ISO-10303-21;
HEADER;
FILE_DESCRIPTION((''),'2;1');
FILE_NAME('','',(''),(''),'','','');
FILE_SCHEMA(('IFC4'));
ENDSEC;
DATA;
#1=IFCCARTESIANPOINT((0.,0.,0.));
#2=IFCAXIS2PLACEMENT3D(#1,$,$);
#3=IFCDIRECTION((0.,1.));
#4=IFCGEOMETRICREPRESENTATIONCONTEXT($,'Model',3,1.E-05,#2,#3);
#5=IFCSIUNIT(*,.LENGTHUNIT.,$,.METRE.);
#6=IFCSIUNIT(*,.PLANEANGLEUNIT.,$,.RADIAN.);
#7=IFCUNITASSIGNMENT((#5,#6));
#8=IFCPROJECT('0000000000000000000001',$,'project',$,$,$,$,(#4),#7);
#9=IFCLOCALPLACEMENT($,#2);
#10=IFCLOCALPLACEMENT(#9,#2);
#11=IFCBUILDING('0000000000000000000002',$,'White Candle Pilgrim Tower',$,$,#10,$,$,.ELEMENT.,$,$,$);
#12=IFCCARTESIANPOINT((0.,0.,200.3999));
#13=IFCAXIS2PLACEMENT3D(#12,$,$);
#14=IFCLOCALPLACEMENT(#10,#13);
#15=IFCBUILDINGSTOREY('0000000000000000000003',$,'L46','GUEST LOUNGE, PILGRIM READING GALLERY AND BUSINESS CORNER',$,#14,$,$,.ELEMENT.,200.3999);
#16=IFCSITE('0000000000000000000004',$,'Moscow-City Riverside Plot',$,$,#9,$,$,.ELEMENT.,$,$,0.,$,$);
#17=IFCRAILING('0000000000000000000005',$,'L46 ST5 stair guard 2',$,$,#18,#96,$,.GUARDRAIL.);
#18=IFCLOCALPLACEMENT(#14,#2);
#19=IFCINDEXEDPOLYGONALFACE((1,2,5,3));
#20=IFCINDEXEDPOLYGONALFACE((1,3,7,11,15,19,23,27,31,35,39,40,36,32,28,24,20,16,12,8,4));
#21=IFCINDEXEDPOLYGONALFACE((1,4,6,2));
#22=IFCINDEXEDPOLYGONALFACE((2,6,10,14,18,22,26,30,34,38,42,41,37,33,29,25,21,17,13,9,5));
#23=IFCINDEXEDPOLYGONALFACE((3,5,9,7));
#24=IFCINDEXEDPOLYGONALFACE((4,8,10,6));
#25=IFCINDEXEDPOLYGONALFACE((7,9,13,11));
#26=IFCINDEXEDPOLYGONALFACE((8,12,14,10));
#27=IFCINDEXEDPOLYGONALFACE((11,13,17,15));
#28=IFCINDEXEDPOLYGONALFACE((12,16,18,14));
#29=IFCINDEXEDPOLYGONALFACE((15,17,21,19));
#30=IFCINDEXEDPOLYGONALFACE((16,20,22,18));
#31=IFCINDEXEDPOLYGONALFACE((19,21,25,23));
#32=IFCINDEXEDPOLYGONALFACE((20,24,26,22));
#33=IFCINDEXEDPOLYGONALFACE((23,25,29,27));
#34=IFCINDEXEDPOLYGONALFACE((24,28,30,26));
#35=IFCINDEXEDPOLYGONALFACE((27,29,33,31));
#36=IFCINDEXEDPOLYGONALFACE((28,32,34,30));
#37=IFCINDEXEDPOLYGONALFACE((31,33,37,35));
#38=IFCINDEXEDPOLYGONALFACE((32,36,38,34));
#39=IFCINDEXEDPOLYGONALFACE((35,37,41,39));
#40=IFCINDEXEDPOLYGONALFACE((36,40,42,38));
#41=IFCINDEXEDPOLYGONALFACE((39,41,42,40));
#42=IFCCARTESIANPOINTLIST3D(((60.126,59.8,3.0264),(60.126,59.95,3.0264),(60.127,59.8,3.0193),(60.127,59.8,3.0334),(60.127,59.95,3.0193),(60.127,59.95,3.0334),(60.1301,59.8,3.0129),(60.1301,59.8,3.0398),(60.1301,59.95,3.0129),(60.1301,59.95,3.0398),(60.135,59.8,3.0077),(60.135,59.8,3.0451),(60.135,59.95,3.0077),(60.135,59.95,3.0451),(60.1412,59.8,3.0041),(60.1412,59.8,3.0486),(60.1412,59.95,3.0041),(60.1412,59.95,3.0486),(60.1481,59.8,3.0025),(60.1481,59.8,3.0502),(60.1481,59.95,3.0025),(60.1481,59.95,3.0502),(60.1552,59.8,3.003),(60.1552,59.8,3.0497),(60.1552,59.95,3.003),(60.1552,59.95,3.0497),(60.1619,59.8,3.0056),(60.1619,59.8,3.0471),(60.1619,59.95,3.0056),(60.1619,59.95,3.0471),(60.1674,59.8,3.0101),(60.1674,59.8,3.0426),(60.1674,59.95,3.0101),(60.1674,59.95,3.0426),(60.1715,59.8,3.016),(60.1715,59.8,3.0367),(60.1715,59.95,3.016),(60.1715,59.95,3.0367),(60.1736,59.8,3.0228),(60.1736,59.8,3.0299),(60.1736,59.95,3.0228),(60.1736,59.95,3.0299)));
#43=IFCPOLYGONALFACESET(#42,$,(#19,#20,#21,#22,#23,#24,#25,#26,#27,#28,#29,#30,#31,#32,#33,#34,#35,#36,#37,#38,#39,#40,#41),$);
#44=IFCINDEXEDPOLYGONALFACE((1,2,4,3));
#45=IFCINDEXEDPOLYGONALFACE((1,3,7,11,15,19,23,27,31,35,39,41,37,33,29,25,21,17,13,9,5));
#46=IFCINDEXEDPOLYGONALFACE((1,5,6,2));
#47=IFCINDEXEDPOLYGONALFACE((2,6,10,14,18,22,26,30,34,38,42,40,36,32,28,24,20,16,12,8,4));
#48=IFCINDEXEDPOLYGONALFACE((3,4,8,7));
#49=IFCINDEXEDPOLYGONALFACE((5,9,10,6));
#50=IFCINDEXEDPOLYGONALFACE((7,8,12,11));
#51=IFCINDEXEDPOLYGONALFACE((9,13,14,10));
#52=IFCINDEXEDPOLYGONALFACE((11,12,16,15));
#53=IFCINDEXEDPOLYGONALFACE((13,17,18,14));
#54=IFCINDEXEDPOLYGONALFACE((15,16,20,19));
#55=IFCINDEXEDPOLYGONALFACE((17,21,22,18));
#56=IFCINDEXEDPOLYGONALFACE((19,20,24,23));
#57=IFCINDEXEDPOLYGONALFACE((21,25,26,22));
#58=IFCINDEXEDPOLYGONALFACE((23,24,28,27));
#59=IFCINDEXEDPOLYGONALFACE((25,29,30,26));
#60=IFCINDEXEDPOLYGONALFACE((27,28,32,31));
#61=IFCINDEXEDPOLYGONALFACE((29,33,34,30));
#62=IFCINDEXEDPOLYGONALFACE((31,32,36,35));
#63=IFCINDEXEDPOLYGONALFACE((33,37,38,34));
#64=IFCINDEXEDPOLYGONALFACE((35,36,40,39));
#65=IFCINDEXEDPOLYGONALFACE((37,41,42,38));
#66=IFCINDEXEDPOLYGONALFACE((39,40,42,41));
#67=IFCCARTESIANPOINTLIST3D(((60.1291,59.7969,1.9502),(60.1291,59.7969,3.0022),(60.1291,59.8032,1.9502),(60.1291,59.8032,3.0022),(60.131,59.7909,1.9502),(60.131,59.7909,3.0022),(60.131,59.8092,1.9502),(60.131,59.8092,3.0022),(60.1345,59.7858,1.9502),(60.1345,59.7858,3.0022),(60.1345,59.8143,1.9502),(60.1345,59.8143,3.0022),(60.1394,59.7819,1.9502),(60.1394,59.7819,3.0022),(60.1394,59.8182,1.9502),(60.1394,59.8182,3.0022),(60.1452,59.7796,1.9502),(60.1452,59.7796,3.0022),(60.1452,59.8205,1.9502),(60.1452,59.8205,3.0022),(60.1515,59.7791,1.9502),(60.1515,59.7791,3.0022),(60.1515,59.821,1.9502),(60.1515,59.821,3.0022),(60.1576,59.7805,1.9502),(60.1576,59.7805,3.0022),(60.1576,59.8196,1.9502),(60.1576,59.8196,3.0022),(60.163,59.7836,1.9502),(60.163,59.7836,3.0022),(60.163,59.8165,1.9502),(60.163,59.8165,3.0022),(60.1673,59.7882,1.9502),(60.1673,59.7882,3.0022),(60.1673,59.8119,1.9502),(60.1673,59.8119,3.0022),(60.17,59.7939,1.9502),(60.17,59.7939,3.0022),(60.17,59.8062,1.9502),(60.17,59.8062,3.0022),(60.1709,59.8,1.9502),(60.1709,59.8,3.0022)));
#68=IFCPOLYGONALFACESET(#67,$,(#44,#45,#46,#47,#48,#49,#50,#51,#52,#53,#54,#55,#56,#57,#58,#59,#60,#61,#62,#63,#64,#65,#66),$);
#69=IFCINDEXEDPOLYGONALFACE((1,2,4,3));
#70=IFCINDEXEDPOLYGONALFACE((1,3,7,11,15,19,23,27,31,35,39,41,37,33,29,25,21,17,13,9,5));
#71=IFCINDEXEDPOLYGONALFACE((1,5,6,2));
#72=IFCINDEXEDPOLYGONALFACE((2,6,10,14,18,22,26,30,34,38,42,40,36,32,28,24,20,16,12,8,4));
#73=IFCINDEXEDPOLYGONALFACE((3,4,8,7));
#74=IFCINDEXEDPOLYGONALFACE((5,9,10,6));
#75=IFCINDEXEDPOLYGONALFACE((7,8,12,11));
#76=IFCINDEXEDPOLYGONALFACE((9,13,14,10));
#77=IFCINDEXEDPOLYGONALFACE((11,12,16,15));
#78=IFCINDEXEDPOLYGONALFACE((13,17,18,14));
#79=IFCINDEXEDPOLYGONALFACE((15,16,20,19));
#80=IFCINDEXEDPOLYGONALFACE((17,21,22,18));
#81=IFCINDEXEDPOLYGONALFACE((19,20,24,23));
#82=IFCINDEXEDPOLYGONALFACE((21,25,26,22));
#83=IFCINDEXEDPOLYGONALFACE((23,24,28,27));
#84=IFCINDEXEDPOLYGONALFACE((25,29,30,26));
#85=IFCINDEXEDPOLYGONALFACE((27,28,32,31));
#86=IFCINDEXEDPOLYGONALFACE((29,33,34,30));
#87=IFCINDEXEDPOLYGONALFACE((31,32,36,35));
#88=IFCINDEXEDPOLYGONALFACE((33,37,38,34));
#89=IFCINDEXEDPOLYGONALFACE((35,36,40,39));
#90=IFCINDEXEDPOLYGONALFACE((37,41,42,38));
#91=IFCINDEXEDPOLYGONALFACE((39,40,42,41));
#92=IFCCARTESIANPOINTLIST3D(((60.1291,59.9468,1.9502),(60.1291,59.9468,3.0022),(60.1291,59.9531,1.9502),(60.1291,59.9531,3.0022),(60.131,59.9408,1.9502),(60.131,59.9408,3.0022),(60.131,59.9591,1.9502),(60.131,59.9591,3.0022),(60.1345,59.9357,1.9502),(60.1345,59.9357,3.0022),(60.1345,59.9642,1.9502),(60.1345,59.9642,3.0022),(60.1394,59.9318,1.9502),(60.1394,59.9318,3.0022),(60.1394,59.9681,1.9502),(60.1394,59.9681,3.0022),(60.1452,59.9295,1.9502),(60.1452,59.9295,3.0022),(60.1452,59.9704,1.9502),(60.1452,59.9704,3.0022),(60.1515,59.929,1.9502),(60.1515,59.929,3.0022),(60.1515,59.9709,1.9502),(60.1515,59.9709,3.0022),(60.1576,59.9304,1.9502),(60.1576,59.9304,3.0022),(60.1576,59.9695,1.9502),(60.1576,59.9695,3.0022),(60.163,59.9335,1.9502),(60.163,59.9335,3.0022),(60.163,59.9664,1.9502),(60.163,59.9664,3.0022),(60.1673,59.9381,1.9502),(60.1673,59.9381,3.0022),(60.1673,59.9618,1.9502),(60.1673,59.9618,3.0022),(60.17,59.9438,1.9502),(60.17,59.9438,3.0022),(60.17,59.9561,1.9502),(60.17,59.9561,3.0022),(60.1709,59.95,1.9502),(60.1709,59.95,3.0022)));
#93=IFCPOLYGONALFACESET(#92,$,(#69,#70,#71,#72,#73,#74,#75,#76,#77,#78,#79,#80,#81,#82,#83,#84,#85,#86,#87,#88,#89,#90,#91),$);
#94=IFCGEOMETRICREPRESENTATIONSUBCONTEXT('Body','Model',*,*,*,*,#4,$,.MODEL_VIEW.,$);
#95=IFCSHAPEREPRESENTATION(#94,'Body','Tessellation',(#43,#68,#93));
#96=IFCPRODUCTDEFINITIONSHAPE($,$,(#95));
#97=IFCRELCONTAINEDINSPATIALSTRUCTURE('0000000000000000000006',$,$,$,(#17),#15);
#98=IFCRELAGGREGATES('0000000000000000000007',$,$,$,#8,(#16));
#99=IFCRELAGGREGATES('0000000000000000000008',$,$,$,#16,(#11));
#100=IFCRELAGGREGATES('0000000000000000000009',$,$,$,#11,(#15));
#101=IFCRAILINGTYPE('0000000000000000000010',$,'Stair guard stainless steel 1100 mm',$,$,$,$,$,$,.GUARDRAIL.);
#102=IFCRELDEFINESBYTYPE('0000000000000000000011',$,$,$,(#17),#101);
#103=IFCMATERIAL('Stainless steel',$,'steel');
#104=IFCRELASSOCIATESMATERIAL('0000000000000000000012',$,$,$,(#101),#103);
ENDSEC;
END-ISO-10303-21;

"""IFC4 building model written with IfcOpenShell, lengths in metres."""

from ifc_helpers import new_model, si_unit, direction, frame, origin, origin_2d, place, context, subcontext, project, spatial, circle, extrude, material, type_object, element, save


model = new_model("IFC4")

# Units and contexts
model_context = context("Model", 3, precision=1e-05, world=origin(), true_north=direction((0.0, 1.0)))
body_context = subcontext(model_context, "Body", "Model", "MODEL_VIEW")
ifc_project = project(units=[si_unit("LENGTHUNIT", "METRE"), si_unit("PLANEANGLEUNIT", "RADIAN")], contexts=[model_context])

# Site, building, storey
site_placement = place(None, origin())
site = spatial("IfcSite", under=ifc_project, at=site_placement, Name="Moscow-City Riverside Plot", CompositionType="ELEMENT", RefElevation=0.0)
building_placement = place(site_placement, origin())
building = spatial("IfcBuilding", under=site, at=building_placement, Name="White Candle Pilgrim Tower", CompositionType="ELEMENT")
storey_placement = place(building_placement, frame((0.0, 0.0, 200.3999)))
storey = spatial("IfcBuildingStorey", under=building, at=storey_placement, Name="L46", Description="GUEST LOUNGE, PILGRIM READING GALLERY AND BUSINESS CORNER", CompositionType="ELEMENT", Elevation=200.3999)

# Railing
ifc_material_1 = material(Name="Stainless steel", Category="steel")
railing_type_1 = type_object("IfcRailingType", Name="Stair guard stainless steel 1100 mm", PredefinedType="GUARDRAIL", material=ifc_material_1)
railing_1_placement = place(storey_placement, frame((60.1499, 59.8, 1.9502)))
element("IfcRailing", 1, at=railing_1_placement, inside=storey, type_object=railing_type_1, Name="L46 ST5 stair guard 2", PredefinedType="GUARDRAIL", context=body_context, shape_type="SweptSolid", body=[
    extrude(circle(Radius=0.0239, at=origin_2d()), frame((0.0, 0.0, 1.0762), z_axis=(0.0, 1.0, 0.0), x_axis=(-1.0, 0.0, 0.0)), (0.0, 0.0, 1.0), 0.1499),
    extrude(circle(Radius=0.021, at=origin_2d()), origin(), (0.0, 0.0, 1.0), 1.052),
    extrude(circle(Radius=0.021, at=origin_2d()), frame((0.0, 0.1499, 0.0)), (0.0, 0.0, 1.0), 1.052),
])

save(model, "model.ifc")
